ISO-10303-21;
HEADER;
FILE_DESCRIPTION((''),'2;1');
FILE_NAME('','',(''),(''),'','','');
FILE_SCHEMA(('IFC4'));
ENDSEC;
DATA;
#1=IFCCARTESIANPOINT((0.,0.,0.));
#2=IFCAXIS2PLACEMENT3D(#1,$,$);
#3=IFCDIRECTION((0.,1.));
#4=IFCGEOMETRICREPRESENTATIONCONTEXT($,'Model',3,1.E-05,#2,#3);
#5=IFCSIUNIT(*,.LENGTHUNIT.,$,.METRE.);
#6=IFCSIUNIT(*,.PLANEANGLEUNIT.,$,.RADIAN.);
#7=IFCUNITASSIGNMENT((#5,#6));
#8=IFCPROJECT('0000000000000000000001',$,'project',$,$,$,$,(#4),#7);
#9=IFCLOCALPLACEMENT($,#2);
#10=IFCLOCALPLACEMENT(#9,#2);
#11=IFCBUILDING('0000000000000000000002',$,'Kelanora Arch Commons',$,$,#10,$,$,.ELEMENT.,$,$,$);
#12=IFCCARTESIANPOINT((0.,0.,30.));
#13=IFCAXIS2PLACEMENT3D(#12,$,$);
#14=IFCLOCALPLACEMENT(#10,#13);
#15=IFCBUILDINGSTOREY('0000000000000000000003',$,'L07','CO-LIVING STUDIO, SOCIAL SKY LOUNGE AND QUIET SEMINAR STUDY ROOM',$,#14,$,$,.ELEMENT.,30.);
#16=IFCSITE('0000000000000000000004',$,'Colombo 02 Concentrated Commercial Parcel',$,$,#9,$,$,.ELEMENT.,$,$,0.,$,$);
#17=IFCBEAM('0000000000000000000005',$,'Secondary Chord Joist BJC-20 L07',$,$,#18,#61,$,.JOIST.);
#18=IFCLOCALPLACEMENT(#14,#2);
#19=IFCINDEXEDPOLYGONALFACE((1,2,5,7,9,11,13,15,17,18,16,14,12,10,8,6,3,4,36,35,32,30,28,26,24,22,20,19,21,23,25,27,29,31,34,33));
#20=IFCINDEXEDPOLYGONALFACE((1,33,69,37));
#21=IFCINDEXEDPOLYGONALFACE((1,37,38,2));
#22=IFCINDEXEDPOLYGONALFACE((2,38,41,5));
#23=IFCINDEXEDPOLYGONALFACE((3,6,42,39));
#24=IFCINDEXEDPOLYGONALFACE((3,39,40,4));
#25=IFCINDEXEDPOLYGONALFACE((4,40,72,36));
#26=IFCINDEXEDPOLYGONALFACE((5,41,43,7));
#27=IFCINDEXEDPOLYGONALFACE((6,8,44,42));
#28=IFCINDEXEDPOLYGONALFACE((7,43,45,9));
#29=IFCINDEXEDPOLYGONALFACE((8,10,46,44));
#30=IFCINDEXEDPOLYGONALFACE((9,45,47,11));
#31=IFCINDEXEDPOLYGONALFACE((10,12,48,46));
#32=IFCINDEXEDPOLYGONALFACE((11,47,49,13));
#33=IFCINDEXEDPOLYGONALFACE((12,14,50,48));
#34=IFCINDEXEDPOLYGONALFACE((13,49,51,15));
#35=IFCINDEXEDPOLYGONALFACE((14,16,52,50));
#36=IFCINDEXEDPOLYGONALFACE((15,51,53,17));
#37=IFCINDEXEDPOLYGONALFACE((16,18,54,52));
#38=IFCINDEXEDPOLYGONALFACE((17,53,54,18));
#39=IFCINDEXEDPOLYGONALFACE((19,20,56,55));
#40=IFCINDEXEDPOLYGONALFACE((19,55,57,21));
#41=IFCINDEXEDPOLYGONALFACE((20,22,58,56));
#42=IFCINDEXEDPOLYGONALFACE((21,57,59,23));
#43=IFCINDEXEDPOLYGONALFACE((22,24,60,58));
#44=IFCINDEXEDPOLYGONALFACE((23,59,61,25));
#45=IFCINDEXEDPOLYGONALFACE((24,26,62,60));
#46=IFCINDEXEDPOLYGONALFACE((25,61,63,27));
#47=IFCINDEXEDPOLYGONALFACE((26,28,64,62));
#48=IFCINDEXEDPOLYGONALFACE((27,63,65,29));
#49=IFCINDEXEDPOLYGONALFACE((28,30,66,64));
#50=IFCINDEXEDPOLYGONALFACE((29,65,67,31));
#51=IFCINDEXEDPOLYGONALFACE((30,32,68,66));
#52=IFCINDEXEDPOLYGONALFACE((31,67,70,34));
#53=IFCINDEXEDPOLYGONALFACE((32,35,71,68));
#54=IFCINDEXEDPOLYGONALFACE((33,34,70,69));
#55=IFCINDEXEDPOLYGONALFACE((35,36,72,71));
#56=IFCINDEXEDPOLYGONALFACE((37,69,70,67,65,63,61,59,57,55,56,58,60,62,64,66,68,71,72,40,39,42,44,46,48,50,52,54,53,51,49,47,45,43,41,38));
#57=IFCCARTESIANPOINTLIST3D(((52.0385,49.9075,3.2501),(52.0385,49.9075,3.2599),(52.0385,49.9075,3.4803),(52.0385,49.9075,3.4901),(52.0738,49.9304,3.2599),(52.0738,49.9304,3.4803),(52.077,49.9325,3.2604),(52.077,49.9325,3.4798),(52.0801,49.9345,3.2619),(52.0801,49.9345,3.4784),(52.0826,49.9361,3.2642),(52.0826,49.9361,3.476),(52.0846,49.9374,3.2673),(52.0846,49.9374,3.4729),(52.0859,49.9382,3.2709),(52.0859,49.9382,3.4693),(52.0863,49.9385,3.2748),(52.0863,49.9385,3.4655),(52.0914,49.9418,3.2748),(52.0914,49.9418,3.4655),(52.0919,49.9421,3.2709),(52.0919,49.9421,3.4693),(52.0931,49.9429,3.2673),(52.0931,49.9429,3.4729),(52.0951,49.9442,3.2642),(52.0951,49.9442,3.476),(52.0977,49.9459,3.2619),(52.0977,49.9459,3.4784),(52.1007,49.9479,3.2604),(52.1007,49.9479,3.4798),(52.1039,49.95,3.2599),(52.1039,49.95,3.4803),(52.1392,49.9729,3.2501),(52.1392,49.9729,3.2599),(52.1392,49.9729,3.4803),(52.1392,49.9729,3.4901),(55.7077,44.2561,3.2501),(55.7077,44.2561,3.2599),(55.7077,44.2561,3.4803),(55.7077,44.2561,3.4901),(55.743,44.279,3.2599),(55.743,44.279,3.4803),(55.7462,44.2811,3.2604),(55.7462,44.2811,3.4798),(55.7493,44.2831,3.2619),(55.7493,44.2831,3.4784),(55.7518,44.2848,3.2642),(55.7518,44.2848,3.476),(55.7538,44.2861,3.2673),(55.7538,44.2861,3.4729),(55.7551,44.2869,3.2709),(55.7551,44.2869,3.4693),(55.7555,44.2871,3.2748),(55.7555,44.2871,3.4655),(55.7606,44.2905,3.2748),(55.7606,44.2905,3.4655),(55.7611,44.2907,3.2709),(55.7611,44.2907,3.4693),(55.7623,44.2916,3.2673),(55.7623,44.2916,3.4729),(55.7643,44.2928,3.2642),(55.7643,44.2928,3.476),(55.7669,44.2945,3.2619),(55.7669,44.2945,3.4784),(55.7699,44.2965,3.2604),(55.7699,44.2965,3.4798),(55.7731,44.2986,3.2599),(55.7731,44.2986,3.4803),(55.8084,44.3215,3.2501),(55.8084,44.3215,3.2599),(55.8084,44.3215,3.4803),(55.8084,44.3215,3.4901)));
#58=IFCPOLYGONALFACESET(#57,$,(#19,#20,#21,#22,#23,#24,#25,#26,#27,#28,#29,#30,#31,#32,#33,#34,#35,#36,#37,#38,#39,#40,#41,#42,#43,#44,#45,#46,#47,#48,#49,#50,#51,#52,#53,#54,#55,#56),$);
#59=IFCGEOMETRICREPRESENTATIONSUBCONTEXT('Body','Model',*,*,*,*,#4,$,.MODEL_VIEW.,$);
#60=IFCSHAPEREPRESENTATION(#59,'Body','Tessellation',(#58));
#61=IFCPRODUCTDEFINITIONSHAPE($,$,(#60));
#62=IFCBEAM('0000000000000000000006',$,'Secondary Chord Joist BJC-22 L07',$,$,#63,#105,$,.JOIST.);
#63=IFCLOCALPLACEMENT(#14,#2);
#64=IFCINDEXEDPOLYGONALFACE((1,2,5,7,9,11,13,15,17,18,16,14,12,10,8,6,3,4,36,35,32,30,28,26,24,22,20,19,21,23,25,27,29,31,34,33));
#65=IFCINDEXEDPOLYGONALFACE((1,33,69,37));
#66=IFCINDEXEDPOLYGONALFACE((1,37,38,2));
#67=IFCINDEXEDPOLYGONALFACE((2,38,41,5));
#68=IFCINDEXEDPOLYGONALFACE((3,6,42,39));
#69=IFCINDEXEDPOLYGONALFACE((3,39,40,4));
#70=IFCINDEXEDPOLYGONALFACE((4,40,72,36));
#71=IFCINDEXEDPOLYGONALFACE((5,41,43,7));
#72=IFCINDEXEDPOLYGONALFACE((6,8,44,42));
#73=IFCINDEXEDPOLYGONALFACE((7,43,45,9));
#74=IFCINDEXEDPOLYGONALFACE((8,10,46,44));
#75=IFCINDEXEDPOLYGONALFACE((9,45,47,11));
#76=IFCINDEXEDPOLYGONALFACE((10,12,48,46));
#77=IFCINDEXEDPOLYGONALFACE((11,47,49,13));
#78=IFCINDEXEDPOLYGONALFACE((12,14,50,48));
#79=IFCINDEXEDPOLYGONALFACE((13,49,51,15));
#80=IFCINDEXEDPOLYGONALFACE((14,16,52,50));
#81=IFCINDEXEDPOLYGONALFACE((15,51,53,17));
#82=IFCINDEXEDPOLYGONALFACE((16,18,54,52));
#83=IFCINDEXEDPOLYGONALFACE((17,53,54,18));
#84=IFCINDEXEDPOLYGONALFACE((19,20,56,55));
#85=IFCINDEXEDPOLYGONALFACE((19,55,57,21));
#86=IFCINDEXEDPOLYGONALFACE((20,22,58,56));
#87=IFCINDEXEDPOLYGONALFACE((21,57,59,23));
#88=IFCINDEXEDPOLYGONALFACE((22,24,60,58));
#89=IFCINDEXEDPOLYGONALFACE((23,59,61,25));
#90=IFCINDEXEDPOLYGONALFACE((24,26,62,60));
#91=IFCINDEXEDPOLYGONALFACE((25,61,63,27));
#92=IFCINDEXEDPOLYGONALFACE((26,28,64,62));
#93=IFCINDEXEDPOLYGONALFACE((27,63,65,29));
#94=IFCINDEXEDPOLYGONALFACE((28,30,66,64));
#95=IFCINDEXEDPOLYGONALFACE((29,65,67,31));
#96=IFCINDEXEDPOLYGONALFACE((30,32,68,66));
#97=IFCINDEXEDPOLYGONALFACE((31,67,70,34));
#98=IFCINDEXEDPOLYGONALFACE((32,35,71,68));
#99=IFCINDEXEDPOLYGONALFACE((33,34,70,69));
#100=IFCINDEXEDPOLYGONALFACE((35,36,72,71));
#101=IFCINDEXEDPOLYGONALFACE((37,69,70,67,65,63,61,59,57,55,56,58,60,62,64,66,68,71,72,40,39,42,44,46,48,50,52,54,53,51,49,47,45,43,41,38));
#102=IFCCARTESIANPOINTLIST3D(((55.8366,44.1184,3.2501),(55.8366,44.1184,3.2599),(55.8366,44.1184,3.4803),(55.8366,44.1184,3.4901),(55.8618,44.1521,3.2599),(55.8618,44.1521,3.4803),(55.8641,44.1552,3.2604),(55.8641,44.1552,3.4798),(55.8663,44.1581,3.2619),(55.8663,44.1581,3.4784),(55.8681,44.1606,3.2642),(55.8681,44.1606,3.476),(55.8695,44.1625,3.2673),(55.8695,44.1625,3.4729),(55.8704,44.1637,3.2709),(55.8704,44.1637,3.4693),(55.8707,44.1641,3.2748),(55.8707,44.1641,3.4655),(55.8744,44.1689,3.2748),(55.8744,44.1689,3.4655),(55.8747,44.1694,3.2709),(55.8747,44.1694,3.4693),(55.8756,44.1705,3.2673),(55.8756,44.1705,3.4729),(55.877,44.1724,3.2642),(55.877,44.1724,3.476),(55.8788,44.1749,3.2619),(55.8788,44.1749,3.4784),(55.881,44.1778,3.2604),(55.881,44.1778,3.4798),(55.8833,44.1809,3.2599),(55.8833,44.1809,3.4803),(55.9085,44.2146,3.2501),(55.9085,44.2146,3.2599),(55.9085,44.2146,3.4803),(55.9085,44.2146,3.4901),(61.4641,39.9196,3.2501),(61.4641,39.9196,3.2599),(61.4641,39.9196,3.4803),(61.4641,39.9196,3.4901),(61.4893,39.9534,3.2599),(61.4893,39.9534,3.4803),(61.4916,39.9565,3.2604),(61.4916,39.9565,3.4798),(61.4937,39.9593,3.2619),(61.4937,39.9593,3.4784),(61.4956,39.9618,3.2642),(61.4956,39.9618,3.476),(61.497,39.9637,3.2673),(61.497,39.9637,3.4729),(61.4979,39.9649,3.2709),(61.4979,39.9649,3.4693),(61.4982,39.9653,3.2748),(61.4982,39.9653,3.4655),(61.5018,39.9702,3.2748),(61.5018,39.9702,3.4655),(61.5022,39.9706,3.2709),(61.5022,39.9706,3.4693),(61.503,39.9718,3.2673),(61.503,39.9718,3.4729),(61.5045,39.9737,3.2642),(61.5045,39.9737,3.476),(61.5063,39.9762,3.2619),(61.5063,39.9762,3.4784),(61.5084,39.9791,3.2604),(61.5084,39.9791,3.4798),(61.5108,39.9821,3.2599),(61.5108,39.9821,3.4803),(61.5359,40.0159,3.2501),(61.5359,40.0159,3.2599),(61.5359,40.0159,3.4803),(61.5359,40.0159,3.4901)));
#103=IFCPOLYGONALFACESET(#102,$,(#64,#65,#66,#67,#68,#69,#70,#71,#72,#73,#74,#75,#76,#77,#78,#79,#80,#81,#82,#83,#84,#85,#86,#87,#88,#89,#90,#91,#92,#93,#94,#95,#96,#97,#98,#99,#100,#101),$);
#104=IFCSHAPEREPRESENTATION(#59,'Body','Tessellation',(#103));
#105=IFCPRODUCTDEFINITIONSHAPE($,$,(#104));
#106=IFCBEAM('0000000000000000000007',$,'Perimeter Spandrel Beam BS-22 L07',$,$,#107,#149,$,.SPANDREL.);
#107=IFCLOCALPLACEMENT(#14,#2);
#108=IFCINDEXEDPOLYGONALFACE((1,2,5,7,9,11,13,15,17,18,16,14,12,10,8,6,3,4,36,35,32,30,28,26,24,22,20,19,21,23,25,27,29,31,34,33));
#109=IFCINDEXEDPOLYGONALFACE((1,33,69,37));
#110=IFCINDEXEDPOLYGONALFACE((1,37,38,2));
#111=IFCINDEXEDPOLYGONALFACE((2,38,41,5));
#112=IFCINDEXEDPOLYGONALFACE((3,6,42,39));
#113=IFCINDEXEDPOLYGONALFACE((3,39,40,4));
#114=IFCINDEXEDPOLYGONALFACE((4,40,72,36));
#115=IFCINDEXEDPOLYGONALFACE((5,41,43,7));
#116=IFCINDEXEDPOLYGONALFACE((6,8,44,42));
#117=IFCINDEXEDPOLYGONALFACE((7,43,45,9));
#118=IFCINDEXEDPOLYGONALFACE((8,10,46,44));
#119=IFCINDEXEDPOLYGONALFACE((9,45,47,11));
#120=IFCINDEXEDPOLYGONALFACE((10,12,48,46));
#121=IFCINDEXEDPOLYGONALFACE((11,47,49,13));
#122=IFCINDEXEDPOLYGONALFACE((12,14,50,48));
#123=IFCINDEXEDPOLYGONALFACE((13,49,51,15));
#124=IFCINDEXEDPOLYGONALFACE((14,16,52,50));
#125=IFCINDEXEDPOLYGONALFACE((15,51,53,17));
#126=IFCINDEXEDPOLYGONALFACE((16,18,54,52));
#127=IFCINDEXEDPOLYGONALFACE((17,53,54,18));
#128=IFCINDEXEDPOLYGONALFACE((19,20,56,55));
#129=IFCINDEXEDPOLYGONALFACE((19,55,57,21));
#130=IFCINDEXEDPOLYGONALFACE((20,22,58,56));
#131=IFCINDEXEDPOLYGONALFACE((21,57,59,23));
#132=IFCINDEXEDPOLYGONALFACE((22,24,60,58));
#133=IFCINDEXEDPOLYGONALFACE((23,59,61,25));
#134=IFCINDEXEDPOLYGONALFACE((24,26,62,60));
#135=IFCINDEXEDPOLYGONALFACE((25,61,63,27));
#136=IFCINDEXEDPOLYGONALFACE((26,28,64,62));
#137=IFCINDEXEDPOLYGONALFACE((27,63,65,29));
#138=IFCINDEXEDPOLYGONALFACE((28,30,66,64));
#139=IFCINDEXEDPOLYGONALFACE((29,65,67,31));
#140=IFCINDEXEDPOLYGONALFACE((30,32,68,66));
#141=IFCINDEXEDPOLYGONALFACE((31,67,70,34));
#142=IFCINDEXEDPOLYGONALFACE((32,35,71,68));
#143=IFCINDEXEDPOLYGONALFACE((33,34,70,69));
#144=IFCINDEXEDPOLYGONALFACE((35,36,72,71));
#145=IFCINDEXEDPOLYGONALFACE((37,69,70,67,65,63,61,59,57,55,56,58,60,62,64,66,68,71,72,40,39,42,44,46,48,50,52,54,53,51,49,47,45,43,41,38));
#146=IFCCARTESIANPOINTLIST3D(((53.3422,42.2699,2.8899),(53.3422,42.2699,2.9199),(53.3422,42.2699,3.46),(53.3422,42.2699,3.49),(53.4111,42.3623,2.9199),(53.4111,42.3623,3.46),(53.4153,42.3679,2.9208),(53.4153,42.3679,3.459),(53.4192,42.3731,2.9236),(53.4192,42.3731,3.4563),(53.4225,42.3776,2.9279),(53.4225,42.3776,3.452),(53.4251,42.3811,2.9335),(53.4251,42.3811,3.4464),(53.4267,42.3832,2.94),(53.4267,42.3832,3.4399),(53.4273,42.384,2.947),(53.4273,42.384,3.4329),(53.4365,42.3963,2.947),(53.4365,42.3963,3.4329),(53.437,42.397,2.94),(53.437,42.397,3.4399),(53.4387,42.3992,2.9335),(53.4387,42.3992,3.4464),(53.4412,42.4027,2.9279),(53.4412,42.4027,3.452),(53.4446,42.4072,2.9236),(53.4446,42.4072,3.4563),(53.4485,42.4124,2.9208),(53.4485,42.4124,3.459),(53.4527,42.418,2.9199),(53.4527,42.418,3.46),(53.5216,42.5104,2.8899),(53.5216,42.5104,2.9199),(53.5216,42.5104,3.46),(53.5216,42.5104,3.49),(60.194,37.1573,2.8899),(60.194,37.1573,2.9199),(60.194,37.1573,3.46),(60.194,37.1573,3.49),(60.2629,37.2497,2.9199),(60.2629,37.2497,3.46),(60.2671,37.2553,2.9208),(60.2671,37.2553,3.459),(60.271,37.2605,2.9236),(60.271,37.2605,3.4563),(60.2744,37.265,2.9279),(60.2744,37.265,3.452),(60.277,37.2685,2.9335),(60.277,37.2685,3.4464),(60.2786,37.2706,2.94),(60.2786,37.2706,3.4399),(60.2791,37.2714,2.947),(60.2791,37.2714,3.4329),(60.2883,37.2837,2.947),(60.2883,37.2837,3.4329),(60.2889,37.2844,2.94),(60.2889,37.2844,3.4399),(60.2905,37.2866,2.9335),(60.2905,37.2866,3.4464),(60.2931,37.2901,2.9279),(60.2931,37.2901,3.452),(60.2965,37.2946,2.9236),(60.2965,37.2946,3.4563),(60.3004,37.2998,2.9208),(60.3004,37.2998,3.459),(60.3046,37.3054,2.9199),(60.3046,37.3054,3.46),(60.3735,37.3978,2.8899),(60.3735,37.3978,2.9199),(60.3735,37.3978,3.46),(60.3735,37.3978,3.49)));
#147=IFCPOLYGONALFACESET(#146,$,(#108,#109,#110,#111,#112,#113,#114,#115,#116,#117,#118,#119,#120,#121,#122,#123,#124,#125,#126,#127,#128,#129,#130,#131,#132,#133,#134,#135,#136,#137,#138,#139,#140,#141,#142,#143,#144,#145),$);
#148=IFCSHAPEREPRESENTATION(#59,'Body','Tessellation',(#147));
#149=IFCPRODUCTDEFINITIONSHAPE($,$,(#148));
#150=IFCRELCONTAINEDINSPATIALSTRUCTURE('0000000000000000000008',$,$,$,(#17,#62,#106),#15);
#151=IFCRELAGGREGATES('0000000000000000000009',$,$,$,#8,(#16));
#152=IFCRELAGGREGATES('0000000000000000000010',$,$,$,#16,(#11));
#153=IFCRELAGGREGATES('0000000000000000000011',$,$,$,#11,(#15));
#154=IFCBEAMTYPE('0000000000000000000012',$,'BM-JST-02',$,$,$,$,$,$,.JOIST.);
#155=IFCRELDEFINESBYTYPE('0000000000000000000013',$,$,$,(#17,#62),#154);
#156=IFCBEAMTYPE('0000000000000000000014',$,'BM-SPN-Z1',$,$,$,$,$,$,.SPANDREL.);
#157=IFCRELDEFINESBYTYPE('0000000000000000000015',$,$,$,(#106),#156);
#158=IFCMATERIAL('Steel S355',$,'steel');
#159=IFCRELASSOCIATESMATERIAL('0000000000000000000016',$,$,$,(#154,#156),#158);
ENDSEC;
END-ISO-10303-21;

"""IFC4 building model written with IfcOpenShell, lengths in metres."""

from ifc_helpers import new_model, si_unit, direction, frame, origin, origin_2d, place, context, subcontext, project, spatial, i_section, extrude, material, material_profile, profile_set, type_object, element, save


model = new_model("IFC4")

# Units and contexts
model_context = context("Model", 3, precision=1e-05, world=origin(), true_north=direction((0.0, 1.0)))
body_context = subcontext(model_context, "Body", "Model", "MODEL_VIEW")
ifc_project = project(units=[si_unit("LENGTHUNIT", "METRE"), si_unit("PLANEANGLEUNIT", "RADIAN")], contexts=[model_context])

# Site, building, storey
site_placement = place(None, origin())
site = spatial("IfcSite", under=ifc_project, at=site_placement, Name="Colombo 02 Concentrated Commercial Parcel", CompositionType="ELEMENT", RefElevation=0.0)
building_placement = place(site_placement, origin())
building = spatial("IfcBuilding", under=site, at=building_placement, Name="Kelanora Arch Commons", CompositionType="ELEMENT")
storey_placement = place(building_placement, frame((0.0, 0.0, 30.0)))
storey = spatial("IfcBuildingStorey", under=building, at=storey_placement, Name="L07", Description="CO-LIVING STUDIO, SOCIAL SKY LOUNGE AND QUIET SEMINAR STUDY ROOM", CompositionType="ELEMENT", Elevation=30.0)

# Beams
ifc_material_1 = material(Name="Steel S355", Category="steel")
ifc_material_profile_1 = material_profile(ifc_material_1, i_section(OverallWidth=0.1201, OverallDepth=0.24, WebThickness=0.0061, FlangeThickness=0.0098, FilletRadius=0.0149, at=origin_2d()), Name="IPE240")
ifc_profile_set_1 = profile_set([ifc_material_profile_1], Name="Steel S355")
beam_type_1 = type_object("IfcBeamType", Name="BM-JST-02", PredefinedType="JOIST", material=ifc_profile_set_1)
beam_1_placement = place(storey_placement, frame((52.0889, 49.9402, 3.3701), z_axis=(0.54455, -0.838728, 0.0), x_axis=(0.838728, 0.54455, 0.0)))
element("IfcBeam", 1, at=beam_1_placement, inside=storey, type_object=beam_type_1, Name="Secondary Chord Joist BJC-20 L07", PredefinedType="JOIST", context=body_context, shape_type="SweptSolid", body=[
    extrude(i_section(OverallWidth=0.1201, OverallDepth=0.24, WebThickness=0.0061, FlangeThickness=0.0098, FilletRadius=0.0149, at=origin_2d()), origin(), (0.0, 0.0, 1.0), 6.738),
])
beam_2_placement = place(storey_placement, frame((55.8726, 44.1665, 3.3701), z_axis=(0.801491, -0.598006, 0.0), x_axis=(0.598006, 0.801491, 0.0)))
element("IfcBeam", 2, at=beam_2_placement, inside=storey, type_object=beam_type_1, Name="Secondary Chord Joist BJC-22 L07", PredefinedType="JOIST", context=body_context, shape_type="SweptSolid", body=[
    extrude(i_section(OverallWidth=0.1201, OverallDepth=0.24, WebThickness=0.0061, FlangeThickness=0.0098, FilletRadius=0.0149, at=origin_2d()), origin(), (0.0, 0.0, 1.0), 7.0212),
])
ifc_material_profile_2 = material_profile(ifc_material_1, i_section(OverallWidth=0.3, OverallDepth=0.6001, WebThickness=0.0154, FlangeThickness=0.03, FilletRadius=0.0271, at=origin_2d()), Name="HEB600")
ifc_profile_set_2 = profile_set([ifc_material_profile_2], Name="Steel S355")
beam_type_2 = type_object("IfcBeamType", Name="BM-SPN-Z1", PredefinedType="SPANDREL", material=ifc_profile_set_2)
beam_3_placement = place(storey_placement, frame((53.4319, 42.3901, 3.1899), z_axis=(0.801475, -0.598029, 0.0), x_axis=(0.598029, 0.801475, 0.0)))
element("IfcBeam", 3, at=beam_3_placement, inside=storey, type_object=beam_type_2, Name="Perimeter Spandrel Beam BS-22 L07", PredefinedType="SPANDREL", context=body_context, shape_type="SweptSolid", body=[
    extrude(i_section(OverallWidth=0.3, OverallDepth=0.6001, WebThickness=0.0154, FlangeThickness=0.03, FilletRadius=0.0271, at=origin_2d()), origin(), (0.0, 0.0, 1.0), 8.5491),
])

save(model, "model.ifc")
